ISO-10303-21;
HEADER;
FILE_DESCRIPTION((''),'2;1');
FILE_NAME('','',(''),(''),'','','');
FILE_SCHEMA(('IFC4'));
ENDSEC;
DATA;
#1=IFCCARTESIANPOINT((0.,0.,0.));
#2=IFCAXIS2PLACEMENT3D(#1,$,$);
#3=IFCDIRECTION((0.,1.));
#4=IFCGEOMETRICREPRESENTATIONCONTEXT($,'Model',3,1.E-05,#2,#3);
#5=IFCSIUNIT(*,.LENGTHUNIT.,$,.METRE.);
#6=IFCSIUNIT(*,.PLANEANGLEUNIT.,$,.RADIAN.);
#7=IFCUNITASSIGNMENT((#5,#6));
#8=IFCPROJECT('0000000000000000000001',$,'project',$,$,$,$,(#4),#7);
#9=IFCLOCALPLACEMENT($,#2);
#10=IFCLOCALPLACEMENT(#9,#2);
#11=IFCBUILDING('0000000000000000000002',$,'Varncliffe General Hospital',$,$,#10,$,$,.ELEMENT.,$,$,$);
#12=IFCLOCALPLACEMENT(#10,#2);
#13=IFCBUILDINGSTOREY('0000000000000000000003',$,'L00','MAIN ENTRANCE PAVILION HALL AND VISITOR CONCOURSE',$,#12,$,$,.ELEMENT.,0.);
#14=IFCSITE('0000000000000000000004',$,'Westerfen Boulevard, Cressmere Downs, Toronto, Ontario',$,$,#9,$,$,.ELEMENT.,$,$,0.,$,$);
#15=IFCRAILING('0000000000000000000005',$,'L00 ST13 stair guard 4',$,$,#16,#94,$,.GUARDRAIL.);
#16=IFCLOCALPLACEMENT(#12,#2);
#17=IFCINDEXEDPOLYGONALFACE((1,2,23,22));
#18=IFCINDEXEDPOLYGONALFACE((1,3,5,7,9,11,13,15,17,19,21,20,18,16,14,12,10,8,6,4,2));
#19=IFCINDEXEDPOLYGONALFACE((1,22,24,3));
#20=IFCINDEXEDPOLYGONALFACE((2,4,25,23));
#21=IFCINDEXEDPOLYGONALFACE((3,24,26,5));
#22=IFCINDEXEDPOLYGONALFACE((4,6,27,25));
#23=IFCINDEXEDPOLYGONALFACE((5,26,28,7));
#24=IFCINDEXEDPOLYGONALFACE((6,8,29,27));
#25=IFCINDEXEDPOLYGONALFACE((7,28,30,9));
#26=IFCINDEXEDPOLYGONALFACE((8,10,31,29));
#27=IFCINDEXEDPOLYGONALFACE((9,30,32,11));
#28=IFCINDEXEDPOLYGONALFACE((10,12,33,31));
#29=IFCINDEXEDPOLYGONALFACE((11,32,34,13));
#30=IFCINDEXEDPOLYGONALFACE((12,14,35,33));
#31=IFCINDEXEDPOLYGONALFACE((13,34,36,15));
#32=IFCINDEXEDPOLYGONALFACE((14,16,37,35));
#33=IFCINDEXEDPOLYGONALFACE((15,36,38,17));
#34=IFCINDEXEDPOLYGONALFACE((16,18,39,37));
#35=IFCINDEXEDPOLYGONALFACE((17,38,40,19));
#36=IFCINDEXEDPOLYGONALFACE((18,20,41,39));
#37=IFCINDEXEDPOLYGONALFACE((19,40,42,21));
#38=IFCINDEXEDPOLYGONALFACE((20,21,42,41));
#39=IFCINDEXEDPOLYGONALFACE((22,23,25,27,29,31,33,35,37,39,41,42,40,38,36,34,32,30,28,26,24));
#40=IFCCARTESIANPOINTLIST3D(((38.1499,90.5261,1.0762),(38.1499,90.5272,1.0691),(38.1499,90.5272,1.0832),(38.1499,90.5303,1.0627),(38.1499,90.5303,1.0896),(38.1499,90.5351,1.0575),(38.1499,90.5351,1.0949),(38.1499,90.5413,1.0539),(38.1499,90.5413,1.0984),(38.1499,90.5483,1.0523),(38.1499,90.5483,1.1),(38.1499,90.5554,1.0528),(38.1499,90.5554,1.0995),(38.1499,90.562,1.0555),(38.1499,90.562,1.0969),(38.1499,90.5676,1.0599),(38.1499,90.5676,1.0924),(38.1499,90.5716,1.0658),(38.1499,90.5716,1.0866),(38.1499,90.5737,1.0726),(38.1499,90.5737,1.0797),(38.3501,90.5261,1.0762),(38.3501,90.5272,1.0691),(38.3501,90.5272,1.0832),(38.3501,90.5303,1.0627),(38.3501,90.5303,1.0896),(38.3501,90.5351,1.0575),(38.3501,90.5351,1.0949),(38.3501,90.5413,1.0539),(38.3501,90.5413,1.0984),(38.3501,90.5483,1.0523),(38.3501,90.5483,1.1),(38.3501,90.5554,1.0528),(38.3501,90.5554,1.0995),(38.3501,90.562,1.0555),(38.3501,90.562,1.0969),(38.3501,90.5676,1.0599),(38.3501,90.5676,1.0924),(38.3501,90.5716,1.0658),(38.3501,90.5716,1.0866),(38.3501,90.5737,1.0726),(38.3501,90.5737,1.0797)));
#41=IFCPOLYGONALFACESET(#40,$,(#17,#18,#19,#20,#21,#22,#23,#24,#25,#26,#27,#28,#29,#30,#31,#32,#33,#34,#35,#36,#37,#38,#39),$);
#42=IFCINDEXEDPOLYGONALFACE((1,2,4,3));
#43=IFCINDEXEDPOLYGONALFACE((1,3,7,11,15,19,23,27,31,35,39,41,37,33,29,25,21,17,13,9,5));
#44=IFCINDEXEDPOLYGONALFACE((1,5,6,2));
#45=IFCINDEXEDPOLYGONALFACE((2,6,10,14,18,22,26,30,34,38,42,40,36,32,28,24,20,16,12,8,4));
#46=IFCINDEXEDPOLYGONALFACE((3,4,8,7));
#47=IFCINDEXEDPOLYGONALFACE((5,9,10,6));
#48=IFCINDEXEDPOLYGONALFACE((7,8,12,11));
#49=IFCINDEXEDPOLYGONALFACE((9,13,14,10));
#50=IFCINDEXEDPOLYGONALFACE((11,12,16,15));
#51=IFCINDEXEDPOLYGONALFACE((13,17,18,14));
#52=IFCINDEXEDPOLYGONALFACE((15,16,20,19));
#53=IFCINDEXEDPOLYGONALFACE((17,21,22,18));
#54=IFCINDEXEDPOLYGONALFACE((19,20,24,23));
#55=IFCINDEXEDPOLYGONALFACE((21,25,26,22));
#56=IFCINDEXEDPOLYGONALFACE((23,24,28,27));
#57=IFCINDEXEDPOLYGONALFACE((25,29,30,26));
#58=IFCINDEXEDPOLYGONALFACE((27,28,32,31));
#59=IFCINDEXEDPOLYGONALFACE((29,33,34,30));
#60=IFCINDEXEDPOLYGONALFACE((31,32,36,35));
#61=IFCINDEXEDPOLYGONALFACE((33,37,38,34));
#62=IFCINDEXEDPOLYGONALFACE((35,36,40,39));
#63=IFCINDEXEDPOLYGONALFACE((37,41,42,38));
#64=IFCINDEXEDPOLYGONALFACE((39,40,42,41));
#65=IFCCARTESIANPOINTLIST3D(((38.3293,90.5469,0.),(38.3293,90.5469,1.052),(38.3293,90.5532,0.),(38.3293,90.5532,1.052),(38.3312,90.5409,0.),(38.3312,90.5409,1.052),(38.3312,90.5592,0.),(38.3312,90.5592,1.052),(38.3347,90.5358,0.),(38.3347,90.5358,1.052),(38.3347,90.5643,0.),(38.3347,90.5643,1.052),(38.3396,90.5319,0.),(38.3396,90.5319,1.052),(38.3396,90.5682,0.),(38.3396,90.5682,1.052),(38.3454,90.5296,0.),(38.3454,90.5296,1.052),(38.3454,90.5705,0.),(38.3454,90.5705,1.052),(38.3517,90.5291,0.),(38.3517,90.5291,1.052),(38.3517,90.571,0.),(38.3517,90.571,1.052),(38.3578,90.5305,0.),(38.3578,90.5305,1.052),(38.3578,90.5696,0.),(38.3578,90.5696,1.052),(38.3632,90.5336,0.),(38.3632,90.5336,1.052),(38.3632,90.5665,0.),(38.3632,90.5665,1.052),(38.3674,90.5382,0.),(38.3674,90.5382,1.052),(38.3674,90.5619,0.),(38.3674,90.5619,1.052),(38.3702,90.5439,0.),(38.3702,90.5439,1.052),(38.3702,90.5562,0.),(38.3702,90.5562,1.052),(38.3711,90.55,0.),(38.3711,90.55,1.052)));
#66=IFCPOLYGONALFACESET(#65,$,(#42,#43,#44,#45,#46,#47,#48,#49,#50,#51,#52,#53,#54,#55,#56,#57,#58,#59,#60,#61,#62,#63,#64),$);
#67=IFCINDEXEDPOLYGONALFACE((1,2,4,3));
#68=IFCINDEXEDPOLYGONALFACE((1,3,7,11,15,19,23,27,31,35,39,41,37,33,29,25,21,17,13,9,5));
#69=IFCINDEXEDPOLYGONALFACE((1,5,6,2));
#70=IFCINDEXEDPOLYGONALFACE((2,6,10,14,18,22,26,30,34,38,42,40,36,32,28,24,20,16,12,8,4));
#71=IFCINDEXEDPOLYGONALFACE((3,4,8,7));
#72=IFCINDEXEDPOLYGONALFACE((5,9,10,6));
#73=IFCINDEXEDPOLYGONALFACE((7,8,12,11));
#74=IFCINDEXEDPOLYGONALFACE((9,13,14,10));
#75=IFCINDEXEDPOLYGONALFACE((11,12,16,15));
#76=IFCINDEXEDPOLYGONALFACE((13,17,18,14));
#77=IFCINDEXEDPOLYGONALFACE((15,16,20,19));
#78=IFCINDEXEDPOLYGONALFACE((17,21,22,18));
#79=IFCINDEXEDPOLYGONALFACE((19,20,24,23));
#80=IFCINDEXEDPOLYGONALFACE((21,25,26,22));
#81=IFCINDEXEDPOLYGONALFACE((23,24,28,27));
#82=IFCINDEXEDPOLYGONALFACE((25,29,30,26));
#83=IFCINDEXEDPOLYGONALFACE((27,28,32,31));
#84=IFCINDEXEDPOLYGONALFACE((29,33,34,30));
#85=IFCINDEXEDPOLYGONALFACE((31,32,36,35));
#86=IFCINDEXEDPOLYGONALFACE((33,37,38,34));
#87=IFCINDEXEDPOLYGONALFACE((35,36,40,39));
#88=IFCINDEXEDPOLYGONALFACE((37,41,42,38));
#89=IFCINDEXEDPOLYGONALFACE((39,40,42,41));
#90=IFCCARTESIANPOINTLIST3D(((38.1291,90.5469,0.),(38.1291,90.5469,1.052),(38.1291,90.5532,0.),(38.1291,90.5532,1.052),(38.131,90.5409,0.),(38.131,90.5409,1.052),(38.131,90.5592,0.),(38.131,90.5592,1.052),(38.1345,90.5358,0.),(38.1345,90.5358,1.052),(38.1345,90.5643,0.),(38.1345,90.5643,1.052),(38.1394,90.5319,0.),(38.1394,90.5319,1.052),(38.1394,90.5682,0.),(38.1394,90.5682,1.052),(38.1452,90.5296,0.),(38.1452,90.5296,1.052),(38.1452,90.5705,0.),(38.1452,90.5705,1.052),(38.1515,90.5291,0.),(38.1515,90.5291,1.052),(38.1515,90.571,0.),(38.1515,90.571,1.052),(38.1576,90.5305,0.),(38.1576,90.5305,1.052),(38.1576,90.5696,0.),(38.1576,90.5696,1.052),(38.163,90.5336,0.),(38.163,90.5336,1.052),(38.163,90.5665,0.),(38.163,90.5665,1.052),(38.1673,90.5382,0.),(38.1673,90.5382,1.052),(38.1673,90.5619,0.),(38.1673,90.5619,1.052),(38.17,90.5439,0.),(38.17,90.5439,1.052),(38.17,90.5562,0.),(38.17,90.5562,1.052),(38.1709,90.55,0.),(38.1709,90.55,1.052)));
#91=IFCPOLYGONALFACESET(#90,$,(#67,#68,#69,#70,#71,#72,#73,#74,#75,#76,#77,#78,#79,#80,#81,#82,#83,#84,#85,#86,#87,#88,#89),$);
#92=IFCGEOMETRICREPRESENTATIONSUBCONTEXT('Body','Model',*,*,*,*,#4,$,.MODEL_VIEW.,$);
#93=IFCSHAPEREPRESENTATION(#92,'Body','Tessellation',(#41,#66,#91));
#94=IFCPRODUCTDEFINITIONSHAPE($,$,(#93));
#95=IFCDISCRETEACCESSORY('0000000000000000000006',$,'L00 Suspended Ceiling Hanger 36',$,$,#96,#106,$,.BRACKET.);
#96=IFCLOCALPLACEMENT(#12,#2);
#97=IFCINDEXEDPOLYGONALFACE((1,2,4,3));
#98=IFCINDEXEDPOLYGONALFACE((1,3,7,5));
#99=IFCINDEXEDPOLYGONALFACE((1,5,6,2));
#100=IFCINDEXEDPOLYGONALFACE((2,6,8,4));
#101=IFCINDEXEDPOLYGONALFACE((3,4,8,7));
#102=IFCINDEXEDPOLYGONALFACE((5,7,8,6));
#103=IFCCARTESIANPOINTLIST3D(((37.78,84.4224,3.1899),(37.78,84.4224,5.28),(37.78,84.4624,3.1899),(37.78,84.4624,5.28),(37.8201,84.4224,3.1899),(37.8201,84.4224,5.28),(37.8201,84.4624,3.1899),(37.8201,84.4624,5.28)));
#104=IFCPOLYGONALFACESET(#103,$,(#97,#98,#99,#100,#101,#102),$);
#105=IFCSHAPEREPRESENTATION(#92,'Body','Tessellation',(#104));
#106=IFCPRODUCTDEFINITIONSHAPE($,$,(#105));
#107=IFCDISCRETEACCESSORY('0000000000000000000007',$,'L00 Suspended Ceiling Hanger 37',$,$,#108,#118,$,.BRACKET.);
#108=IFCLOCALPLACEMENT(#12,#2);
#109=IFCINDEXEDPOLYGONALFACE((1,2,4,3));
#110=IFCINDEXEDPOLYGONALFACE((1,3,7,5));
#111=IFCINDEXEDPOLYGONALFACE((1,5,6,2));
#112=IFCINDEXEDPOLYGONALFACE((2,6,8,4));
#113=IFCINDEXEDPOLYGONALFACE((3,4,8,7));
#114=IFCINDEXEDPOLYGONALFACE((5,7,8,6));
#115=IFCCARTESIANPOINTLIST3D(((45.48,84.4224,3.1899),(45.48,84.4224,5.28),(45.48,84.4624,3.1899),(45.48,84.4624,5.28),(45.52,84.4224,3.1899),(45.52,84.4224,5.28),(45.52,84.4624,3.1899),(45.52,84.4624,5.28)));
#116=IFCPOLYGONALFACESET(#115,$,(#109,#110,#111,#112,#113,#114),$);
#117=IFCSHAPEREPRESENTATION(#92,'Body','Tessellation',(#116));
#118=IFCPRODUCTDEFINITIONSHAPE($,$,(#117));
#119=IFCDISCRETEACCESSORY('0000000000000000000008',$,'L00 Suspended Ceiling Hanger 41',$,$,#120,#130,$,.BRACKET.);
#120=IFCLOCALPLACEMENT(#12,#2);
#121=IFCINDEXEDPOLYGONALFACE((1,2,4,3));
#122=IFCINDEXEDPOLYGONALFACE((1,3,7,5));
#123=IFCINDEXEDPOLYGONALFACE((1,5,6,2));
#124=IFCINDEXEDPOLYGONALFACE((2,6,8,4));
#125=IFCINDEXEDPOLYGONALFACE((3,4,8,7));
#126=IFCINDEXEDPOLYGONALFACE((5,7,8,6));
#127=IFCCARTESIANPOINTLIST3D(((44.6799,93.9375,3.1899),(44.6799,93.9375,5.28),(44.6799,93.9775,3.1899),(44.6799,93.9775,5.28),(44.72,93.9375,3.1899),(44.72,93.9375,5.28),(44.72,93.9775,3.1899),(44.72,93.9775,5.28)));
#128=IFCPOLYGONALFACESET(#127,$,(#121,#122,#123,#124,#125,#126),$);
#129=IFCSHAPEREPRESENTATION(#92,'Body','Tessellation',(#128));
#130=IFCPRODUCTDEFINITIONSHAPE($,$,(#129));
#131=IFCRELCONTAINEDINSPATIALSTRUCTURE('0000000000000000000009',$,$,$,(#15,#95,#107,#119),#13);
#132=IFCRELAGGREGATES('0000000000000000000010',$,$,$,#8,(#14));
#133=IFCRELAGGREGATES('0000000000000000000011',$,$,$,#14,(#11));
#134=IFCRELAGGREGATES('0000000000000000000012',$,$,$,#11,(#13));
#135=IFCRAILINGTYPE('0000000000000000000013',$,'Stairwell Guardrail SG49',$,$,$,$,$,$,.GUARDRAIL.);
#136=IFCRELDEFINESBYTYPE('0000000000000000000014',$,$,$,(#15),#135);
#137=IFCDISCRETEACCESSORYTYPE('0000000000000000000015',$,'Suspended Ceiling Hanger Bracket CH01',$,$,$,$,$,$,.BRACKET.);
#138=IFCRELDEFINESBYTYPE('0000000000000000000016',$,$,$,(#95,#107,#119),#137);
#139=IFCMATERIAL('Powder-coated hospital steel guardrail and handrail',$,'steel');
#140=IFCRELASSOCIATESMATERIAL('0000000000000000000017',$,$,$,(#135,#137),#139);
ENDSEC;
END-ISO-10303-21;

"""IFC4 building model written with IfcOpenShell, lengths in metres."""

from ifc_helpers import new_model, si_unit, direction, frame, origin, origin_2d, place, context, subcontext, project, spatial, rectangle, circle, extrude, material, type_object, element, save


model = new_model("IFC4")

# Units and contexts
model_context = context("Model", 3, precision=1e-05, world=origin(), true_north=direction((0.0, 1.0)))
body_context = subcontext(model_context, "Body", "Model", "MODEL_VIEW")
ifc_project = project(units=[si_unit("LENGTHUNIT", "METRE"), si_unit("PLANEANGLEUNIT", "RADIAN")], contexts=[model_context])

# Site, building, storey
site_placement = place(None, origin())
site = spatial("IfcSite", under=ifc_project, at=site_placement, Name="Westerfen Boulevard, Cressmere Downs, Toronto, Ontario", CompositionType="ELEMENT", RefElevation=0.0)
building_placement = place(site_placement, origin())
building = spatial("IfcBuilding", under=site, at=building_placement, Name="Varncliffe General Hospital", CompositionType="ELEMENT")
storey_placement = place(building_placement, origin())
storey = spatial("IfcBuildingStorey", under=building, at=storey_placement, Name="L00", Description="MAIN ENTRANCE PAVILION HALL AND VISITOR CONCOURSE", CompositionType="ELEMENT", Elevation=0.0)

# Railing
ifc_material_1 = material(Name="Powder-coated hospital steel guardrail and handrail", Category="steel")
railing_type_1 = type_object("IfcRailingType", Name="Stairwell Guardrail SG49", PredefinedType="GUARDRAIL", material=ifc_material_1)
railing_1_placement = place(storey_placement, frame((38.3501, 90.55, 0.0)))
element("IfcRailing", 1, at=railing_1_placement, inside=storey, type_object=railing_type_1, Name="L00 ST13 stair guard 4", PredefinedType="GUARDRAIL", context=body_context, shape_type="SweptSolid", body=[
    extrude(circle(Radius=0.0239, at=origin_2d()), frame((0.0, 0.0, 1.0762), z_axis=(-1.0, 0.0, 0.0), x_axis=(0.0, -1.0, 0.0)), (0.0, 0.0, 1.0), 0.2002),
    extrude(circle(Radius=0.021, at=origin_2d()), origin(), (0.0, 0.0, 1.0), 1.052),
    extrude(circle(Radius=0.021, at=origin_2d()), frame((-0.2002, 0.0, 0.0)), (0.0, 0.0, 1.0), 1.052),
])

# Discrete accessories
discrete_accessory_type = type_object("IfcDiscreteAccessoryType", Name="Suspended Ceiling Hanger Bracket CH01", PredefinedType="BRACKET", material=ifc_material_1)
for number, where, z_axis, x_axis, name in (
    (2, (37.8, 84.4424, 3.1899), (0.0, 0.0, 1.0), (1.0, 0.0, 0.0), "L00 Suspended Ceiling Hanger 36"),
    (3, (45.5, 84.4424, 3.1899), (0.0, 0.0, 1.0), (1.0, 0.0, 0.0), "L00 Suspended Ceiling Hanger 37"),
    (4, (44.7, 93.9575, 3.1899), (0.0, 0.0, 1.0), (1.0, 0.0, 0.0), "L00 Suspended Ceiling Hanger 41"),
):
    element("IfcDiscreteAccessory", number, at=place(storey_placement, frame(where, z_axis=z_axis, x_axis=x_axis)), inside=storey, type_object=discrete_accessory_type, Name=name, PredefinedType="BRACKET", context=body_context, shape_type="SweptSolid", body=[
        extrude(rectangle(XDim=0.04, YDim=0.04, at=origin_2d()), origin(), (0.0, 0.0, 1.0), 2.0901),
    ])

save(model, "model.ifc")
